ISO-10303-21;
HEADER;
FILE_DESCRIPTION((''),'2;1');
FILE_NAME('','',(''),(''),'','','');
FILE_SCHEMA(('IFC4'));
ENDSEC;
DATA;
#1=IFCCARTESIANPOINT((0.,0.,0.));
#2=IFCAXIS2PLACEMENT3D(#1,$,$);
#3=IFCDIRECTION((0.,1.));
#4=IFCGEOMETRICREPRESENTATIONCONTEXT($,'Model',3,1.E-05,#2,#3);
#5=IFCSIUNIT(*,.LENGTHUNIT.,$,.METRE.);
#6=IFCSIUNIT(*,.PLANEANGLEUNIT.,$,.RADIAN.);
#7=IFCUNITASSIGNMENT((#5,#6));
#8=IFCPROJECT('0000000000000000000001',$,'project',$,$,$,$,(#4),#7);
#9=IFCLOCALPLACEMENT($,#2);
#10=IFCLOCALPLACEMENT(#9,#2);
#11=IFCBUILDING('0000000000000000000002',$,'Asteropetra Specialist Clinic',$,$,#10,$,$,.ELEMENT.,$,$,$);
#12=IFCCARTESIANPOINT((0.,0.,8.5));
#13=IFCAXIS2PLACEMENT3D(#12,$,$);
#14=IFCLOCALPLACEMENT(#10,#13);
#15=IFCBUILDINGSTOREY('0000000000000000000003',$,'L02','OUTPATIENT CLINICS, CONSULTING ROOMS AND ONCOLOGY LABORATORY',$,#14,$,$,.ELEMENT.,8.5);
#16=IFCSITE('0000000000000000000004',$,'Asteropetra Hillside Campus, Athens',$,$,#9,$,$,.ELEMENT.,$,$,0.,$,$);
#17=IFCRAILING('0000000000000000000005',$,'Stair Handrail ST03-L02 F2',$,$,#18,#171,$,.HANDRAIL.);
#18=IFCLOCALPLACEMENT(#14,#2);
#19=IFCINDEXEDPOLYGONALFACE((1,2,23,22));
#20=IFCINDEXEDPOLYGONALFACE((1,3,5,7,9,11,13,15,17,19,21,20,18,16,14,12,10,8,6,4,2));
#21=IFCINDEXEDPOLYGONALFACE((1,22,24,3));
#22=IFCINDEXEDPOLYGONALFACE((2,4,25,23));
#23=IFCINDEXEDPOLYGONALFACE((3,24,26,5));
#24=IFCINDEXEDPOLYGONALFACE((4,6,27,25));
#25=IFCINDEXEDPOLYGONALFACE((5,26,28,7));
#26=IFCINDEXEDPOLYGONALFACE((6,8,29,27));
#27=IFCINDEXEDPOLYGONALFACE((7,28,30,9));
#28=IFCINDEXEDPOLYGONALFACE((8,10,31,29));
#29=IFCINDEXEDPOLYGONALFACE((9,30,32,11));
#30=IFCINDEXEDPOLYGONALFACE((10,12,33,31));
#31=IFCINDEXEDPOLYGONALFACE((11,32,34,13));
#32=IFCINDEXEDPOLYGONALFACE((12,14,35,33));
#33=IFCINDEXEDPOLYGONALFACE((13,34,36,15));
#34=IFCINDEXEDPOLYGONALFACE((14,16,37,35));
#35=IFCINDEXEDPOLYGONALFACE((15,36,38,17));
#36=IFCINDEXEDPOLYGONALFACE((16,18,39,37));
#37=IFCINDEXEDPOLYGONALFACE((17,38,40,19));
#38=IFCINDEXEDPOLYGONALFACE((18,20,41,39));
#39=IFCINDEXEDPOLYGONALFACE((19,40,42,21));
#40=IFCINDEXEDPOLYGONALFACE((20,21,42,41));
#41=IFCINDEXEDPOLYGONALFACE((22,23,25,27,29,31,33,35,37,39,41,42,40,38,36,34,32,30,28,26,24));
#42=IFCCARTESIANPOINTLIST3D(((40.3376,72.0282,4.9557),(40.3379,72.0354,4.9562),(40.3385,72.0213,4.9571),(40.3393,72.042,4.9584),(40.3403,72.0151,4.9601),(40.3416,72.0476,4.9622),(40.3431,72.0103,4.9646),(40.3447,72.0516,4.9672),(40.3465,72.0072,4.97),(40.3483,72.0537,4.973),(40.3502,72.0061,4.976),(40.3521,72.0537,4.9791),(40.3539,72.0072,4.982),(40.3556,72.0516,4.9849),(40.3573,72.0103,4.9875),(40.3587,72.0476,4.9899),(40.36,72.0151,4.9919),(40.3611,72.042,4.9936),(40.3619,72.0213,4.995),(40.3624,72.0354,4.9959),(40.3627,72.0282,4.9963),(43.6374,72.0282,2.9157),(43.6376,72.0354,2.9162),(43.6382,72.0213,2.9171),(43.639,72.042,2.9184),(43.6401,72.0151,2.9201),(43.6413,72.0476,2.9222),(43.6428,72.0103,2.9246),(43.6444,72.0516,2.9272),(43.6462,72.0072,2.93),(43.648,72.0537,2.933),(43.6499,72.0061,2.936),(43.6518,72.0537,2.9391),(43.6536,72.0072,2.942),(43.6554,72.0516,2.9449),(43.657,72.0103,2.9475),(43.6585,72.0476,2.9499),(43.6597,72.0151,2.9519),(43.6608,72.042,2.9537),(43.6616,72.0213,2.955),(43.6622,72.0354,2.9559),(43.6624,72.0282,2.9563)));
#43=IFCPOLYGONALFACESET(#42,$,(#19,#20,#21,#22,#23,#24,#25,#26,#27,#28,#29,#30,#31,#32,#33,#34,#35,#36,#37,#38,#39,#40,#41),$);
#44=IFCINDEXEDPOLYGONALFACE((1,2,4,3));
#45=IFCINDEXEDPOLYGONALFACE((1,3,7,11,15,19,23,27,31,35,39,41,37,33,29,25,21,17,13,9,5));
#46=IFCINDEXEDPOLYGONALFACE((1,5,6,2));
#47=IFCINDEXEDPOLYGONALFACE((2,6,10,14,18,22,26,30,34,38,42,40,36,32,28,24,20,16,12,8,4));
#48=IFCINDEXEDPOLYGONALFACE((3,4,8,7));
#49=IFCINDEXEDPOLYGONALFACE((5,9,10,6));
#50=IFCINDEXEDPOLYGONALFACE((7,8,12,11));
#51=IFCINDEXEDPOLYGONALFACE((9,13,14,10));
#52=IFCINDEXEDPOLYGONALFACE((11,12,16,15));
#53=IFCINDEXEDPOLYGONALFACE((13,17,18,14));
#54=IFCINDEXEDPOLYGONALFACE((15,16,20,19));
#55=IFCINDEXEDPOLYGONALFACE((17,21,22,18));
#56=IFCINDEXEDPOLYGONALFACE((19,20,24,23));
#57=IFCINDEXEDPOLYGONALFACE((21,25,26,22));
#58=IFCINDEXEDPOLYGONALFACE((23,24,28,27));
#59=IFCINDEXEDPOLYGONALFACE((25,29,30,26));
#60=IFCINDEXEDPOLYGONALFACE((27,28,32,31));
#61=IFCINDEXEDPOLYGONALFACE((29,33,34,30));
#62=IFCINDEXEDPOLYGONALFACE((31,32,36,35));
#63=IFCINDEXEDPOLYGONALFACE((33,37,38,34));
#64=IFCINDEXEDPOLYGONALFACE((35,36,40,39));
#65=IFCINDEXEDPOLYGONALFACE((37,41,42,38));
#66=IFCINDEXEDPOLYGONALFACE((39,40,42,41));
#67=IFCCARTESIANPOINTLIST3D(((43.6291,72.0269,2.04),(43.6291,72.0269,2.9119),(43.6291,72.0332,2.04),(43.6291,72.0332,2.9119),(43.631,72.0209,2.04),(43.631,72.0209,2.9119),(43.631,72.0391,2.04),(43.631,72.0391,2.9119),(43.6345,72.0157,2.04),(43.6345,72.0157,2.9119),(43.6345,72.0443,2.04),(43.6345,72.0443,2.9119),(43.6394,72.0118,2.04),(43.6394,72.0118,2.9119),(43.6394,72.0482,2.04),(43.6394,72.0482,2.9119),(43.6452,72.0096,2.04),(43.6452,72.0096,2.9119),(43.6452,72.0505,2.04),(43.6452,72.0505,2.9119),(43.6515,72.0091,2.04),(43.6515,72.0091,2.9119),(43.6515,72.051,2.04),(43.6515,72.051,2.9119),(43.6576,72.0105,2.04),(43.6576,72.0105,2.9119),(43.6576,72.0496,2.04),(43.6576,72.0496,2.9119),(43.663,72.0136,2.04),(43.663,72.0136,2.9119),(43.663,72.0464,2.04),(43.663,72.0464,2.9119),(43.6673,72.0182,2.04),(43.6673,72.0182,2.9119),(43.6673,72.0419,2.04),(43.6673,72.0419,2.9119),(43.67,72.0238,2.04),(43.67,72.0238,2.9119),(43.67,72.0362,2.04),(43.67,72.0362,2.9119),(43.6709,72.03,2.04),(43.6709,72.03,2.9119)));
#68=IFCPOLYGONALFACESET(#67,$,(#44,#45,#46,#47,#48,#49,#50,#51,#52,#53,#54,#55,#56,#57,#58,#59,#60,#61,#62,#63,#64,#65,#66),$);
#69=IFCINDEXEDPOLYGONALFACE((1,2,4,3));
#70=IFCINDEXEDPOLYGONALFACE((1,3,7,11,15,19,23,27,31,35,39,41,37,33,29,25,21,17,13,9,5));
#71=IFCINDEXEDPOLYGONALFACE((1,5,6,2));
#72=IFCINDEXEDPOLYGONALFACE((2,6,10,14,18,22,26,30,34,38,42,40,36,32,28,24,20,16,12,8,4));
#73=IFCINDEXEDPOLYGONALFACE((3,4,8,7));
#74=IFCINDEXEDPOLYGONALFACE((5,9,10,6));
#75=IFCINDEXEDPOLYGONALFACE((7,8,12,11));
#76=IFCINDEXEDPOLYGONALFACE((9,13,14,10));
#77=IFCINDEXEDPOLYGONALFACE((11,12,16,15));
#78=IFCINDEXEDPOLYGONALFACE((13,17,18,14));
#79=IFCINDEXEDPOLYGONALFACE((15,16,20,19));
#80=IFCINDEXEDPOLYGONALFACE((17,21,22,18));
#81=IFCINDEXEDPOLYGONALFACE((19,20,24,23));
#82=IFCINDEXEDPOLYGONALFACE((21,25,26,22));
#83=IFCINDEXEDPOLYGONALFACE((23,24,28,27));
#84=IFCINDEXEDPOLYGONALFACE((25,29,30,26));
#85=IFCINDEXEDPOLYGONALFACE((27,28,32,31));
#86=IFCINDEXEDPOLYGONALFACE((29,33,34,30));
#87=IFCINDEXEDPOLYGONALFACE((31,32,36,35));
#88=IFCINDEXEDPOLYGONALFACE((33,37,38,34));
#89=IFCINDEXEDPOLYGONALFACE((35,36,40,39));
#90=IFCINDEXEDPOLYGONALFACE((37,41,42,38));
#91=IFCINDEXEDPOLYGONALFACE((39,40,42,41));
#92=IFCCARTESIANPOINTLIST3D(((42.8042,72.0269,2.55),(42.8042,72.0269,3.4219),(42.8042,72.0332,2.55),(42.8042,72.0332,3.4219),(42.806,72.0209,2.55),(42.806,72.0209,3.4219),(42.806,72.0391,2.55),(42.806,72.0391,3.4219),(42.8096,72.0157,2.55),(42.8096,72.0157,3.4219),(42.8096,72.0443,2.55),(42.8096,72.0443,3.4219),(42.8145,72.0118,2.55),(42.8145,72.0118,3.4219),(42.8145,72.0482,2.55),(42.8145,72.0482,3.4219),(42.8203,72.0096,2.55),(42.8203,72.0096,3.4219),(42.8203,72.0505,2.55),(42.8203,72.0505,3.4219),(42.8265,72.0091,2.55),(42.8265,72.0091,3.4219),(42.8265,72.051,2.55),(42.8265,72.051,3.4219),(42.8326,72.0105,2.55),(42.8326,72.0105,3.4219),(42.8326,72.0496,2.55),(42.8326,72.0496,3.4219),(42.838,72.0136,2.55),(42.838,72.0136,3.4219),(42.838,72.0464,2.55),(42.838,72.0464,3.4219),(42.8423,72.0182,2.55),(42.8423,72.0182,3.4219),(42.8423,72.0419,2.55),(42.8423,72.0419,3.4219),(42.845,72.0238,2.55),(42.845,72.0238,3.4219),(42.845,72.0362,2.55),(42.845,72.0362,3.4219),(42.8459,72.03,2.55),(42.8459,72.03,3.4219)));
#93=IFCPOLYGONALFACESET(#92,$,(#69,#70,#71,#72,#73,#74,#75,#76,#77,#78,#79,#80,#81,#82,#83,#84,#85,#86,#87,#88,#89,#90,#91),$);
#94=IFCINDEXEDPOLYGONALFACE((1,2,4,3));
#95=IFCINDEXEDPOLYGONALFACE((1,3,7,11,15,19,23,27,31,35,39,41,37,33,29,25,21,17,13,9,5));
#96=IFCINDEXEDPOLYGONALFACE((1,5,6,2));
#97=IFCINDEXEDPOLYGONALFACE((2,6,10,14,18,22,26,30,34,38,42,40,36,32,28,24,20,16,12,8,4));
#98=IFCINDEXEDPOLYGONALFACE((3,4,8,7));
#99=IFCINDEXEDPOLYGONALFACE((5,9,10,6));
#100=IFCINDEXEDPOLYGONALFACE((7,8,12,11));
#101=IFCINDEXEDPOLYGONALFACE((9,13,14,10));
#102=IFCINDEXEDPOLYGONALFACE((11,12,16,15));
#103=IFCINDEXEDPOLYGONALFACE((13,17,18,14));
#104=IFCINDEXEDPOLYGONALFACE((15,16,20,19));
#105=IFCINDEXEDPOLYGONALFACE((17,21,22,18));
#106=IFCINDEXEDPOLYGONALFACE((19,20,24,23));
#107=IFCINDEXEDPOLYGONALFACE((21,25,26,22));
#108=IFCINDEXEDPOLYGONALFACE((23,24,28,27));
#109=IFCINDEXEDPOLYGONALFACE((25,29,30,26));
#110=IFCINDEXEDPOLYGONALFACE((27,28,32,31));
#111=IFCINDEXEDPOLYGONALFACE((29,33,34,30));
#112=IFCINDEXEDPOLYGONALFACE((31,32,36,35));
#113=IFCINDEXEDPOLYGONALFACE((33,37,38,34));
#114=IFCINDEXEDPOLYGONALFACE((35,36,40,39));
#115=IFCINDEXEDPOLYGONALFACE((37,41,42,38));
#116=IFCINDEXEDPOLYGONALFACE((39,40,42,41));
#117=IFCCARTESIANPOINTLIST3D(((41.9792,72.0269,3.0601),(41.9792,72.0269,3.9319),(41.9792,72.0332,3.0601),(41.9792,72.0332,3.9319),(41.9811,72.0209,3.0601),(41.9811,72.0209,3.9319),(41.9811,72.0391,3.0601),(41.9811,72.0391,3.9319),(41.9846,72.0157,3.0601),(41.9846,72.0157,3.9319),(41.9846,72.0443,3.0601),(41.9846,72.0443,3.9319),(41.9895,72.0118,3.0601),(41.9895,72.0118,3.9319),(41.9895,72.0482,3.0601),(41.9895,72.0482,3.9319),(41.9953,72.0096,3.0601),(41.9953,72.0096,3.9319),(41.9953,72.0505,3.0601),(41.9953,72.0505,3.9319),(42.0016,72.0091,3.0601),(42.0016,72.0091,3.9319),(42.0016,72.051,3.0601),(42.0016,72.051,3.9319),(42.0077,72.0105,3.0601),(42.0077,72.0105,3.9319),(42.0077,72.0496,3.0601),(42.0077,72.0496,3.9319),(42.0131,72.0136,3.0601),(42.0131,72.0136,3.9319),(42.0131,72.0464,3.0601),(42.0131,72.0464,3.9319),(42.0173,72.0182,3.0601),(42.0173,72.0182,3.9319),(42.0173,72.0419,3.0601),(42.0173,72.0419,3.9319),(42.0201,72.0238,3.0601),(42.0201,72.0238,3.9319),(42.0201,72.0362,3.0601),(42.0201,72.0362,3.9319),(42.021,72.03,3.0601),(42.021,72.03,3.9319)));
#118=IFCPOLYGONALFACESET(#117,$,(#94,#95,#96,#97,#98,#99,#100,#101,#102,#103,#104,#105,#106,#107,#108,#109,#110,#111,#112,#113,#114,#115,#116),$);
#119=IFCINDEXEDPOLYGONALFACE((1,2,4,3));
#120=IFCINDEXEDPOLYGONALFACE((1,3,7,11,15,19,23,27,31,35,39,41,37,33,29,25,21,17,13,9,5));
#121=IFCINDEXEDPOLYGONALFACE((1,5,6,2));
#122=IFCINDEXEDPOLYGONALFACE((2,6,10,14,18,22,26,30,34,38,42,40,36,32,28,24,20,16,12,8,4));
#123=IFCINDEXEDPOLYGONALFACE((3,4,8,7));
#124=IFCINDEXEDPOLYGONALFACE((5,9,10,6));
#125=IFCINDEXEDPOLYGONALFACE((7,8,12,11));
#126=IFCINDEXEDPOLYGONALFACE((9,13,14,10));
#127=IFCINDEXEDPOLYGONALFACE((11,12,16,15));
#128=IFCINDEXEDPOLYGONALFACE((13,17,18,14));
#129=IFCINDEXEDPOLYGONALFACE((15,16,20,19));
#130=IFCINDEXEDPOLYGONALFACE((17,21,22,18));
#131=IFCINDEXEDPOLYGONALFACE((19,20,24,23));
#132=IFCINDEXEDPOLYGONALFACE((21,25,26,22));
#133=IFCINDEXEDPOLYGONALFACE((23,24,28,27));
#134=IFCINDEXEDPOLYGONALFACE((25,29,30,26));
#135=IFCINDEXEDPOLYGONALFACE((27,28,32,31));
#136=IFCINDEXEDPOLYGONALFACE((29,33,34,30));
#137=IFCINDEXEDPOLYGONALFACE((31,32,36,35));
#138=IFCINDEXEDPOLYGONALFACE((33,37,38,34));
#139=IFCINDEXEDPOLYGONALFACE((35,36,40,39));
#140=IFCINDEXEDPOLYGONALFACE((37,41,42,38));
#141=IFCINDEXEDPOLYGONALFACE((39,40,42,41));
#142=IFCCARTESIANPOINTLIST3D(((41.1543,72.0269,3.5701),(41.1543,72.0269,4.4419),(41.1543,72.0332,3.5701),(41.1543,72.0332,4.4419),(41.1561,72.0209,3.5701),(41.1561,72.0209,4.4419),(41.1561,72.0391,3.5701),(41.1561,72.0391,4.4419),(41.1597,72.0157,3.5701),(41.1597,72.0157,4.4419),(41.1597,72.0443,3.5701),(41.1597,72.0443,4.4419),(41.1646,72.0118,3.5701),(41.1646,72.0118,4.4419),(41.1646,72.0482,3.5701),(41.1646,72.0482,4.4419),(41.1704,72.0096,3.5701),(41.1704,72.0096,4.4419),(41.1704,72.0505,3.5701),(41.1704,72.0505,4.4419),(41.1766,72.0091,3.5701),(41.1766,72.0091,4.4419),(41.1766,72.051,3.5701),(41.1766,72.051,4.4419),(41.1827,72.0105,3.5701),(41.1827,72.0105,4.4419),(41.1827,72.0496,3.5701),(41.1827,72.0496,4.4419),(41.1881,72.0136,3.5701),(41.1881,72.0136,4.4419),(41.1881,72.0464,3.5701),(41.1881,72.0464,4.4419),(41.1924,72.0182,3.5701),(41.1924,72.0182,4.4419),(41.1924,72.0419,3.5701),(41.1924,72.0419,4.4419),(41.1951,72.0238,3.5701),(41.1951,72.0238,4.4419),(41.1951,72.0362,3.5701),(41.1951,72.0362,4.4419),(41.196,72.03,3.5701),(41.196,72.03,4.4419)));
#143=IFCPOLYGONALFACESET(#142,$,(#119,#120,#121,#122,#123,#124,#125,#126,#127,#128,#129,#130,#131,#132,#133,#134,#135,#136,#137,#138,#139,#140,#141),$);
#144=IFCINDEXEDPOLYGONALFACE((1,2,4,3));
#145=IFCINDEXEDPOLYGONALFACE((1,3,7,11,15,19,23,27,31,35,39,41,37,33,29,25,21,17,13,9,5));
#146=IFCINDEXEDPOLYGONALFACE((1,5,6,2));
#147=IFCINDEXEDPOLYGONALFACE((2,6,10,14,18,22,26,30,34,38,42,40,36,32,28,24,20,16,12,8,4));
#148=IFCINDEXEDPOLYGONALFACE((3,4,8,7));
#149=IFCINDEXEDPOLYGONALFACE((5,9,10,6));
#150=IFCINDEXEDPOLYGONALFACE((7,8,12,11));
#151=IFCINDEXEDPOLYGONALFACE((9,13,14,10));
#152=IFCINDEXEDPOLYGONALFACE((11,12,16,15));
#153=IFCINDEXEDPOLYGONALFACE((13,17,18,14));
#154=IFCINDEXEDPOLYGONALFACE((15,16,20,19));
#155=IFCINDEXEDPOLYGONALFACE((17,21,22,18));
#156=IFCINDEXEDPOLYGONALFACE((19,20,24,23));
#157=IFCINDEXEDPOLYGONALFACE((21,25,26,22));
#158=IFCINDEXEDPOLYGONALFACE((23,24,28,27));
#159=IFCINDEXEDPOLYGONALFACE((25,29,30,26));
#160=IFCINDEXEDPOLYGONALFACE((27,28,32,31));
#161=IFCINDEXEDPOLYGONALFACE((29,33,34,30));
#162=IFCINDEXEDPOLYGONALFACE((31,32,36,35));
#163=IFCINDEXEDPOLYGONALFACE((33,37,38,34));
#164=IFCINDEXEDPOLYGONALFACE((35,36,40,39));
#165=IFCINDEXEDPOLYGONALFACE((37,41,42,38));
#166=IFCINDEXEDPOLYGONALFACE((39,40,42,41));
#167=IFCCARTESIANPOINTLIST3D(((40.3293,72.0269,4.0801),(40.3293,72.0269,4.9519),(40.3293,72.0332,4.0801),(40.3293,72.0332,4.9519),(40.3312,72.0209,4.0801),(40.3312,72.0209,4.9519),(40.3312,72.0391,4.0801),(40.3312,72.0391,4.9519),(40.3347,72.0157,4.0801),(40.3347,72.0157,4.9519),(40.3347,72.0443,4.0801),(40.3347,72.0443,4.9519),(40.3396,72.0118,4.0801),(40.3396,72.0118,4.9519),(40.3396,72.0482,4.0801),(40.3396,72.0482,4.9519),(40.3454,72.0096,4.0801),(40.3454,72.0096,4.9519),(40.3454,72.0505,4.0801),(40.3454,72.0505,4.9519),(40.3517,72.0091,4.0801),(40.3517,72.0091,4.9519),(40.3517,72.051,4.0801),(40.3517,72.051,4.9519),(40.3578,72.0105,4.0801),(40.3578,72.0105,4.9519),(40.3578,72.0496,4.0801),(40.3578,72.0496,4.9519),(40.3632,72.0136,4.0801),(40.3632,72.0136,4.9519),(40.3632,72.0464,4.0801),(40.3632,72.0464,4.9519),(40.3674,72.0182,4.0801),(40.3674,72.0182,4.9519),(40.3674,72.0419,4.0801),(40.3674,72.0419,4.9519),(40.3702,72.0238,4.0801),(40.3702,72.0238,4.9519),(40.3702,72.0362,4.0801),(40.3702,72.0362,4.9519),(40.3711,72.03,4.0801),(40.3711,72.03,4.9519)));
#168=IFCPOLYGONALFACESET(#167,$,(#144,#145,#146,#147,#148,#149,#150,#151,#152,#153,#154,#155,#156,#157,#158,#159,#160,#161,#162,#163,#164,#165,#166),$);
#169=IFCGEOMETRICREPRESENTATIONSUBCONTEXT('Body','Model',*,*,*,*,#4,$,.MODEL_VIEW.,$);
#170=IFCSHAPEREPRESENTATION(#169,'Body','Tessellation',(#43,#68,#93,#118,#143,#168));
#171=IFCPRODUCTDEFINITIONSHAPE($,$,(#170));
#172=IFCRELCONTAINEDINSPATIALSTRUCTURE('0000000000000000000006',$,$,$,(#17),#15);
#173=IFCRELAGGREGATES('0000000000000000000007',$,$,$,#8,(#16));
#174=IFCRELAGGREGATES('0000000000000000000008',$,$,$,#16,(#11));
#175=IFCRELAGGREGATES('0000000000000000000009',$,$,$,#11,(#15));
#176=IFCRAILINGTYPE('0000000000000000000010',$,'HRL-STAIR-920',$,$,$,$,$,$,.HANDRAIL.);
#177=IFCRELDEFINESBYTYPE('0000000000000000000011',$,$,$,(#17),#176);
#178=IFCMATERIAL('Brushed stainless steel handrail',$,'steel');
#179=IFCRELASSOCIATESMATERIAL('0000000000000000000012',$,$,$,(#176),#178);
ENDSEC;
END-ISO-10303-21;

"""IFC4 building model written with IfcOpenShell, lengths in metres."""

from ifc_helpers import new_model, si_unit, direction, frame, origin, origin_2d, place, context, subcontext, project, spatial, circle, extrude, material, type_object, element, save


model = new_model("IFC4")

# Units and contexts
model_context = context("Model", 3, precision=1e-05, world=origin(), true_north=direction((0.0, 1.0)))
body_context = subcontext(model_context, "Body", "Model", "MODEL_VIEW")
ifc_project = project(units=[si_unit("LENGTHUNIT", "METRE"), si_unit("PLANEANGLEUNIT", "RADIAN")], contexts=[model_context])

# Site, building, storey
site_placement = place(None, origin())
site = spatial("IfcSite", under=ifc_project, at=site_placement, Name="Asteropetra Hillside Campus, Athens", CompositionType="ELEMENT", RefElevation=0.0)
building_placement = place(site_placement, origin())
building = spatial("IfcBuilding", under=site, at=building_placement, Name="Asteropetra Specialist Clinic", CompositionType="ELEMENT")
storey_placement = place(building_placement, frame((0.0, 0.0, 8.5)))
storey = spatial("IfcBuildingStorey", under=building, at=storey_placement, Name="L02", Description="OUTPATIENT CLINICS, CONSULTING ROOMS AND ONCOLOGY LABORATORY", CompositionType="ELEMENT", Elevation=8.5)

# Railing
ifc_material_1 = material(Name="Brushed stainless steel handrail", Category="steel")
railing_type_1 = type_object("IfcRailingType", Name="HRL-STAIR-920", PredefinedType="HANDRAIL", material=ifc_material_1)
railing_1_placement = place(storey_placement, frame((43.6499, 72.03, 2.04)))
element("IfcRailing", 1, at=railing_1_placement, inside=storey, type_object=railing_type_1, Name="Stair Handrail ST03-L02 F2", PredefinedType="HANDRAIL", context=body_context, shape_type="SweptSolid", body=[
    extrude(circle(Radius=0.0239, at=origin_2d()), frame((0.0, 0.0, 0.896), z_axis=(-0.850576, 0.0, 0.525852), x_axis=(0.0, -1.0, 0.0)), (0.0, 0.0, 1.0), 3.8794),
    extrude(circle(Radius=0.021, at=origin_2d()), origin(), (0.0, 0.0, 1.0), 0.8718),
    extrude(circle(Radius=0.021, at=origin_2d()), frame((-0.825, 0.0, 0.51)), (0.0, 0.0, 1.0), 0.8718),
    extrude(circle(Radius=0.021, at=origin_2d()), frame((-1.6499, 0.0, 1.02)), (0.0, 0.0, 1.0), 0.8718),
    extrude(circle(Radius=0.021, at=origin_2d()), frame((-2.4749, 0.0, 1.53)), (0.0, 0.0, 1.0), 0.8718),
    extrude(circle(Radius=0.021, at=origin_2d()), frame((-3.2998, 0.0, 2.04)), (0.0, 0.0, 1.0), 0.8718),
])

save(model, "model.ifc")
